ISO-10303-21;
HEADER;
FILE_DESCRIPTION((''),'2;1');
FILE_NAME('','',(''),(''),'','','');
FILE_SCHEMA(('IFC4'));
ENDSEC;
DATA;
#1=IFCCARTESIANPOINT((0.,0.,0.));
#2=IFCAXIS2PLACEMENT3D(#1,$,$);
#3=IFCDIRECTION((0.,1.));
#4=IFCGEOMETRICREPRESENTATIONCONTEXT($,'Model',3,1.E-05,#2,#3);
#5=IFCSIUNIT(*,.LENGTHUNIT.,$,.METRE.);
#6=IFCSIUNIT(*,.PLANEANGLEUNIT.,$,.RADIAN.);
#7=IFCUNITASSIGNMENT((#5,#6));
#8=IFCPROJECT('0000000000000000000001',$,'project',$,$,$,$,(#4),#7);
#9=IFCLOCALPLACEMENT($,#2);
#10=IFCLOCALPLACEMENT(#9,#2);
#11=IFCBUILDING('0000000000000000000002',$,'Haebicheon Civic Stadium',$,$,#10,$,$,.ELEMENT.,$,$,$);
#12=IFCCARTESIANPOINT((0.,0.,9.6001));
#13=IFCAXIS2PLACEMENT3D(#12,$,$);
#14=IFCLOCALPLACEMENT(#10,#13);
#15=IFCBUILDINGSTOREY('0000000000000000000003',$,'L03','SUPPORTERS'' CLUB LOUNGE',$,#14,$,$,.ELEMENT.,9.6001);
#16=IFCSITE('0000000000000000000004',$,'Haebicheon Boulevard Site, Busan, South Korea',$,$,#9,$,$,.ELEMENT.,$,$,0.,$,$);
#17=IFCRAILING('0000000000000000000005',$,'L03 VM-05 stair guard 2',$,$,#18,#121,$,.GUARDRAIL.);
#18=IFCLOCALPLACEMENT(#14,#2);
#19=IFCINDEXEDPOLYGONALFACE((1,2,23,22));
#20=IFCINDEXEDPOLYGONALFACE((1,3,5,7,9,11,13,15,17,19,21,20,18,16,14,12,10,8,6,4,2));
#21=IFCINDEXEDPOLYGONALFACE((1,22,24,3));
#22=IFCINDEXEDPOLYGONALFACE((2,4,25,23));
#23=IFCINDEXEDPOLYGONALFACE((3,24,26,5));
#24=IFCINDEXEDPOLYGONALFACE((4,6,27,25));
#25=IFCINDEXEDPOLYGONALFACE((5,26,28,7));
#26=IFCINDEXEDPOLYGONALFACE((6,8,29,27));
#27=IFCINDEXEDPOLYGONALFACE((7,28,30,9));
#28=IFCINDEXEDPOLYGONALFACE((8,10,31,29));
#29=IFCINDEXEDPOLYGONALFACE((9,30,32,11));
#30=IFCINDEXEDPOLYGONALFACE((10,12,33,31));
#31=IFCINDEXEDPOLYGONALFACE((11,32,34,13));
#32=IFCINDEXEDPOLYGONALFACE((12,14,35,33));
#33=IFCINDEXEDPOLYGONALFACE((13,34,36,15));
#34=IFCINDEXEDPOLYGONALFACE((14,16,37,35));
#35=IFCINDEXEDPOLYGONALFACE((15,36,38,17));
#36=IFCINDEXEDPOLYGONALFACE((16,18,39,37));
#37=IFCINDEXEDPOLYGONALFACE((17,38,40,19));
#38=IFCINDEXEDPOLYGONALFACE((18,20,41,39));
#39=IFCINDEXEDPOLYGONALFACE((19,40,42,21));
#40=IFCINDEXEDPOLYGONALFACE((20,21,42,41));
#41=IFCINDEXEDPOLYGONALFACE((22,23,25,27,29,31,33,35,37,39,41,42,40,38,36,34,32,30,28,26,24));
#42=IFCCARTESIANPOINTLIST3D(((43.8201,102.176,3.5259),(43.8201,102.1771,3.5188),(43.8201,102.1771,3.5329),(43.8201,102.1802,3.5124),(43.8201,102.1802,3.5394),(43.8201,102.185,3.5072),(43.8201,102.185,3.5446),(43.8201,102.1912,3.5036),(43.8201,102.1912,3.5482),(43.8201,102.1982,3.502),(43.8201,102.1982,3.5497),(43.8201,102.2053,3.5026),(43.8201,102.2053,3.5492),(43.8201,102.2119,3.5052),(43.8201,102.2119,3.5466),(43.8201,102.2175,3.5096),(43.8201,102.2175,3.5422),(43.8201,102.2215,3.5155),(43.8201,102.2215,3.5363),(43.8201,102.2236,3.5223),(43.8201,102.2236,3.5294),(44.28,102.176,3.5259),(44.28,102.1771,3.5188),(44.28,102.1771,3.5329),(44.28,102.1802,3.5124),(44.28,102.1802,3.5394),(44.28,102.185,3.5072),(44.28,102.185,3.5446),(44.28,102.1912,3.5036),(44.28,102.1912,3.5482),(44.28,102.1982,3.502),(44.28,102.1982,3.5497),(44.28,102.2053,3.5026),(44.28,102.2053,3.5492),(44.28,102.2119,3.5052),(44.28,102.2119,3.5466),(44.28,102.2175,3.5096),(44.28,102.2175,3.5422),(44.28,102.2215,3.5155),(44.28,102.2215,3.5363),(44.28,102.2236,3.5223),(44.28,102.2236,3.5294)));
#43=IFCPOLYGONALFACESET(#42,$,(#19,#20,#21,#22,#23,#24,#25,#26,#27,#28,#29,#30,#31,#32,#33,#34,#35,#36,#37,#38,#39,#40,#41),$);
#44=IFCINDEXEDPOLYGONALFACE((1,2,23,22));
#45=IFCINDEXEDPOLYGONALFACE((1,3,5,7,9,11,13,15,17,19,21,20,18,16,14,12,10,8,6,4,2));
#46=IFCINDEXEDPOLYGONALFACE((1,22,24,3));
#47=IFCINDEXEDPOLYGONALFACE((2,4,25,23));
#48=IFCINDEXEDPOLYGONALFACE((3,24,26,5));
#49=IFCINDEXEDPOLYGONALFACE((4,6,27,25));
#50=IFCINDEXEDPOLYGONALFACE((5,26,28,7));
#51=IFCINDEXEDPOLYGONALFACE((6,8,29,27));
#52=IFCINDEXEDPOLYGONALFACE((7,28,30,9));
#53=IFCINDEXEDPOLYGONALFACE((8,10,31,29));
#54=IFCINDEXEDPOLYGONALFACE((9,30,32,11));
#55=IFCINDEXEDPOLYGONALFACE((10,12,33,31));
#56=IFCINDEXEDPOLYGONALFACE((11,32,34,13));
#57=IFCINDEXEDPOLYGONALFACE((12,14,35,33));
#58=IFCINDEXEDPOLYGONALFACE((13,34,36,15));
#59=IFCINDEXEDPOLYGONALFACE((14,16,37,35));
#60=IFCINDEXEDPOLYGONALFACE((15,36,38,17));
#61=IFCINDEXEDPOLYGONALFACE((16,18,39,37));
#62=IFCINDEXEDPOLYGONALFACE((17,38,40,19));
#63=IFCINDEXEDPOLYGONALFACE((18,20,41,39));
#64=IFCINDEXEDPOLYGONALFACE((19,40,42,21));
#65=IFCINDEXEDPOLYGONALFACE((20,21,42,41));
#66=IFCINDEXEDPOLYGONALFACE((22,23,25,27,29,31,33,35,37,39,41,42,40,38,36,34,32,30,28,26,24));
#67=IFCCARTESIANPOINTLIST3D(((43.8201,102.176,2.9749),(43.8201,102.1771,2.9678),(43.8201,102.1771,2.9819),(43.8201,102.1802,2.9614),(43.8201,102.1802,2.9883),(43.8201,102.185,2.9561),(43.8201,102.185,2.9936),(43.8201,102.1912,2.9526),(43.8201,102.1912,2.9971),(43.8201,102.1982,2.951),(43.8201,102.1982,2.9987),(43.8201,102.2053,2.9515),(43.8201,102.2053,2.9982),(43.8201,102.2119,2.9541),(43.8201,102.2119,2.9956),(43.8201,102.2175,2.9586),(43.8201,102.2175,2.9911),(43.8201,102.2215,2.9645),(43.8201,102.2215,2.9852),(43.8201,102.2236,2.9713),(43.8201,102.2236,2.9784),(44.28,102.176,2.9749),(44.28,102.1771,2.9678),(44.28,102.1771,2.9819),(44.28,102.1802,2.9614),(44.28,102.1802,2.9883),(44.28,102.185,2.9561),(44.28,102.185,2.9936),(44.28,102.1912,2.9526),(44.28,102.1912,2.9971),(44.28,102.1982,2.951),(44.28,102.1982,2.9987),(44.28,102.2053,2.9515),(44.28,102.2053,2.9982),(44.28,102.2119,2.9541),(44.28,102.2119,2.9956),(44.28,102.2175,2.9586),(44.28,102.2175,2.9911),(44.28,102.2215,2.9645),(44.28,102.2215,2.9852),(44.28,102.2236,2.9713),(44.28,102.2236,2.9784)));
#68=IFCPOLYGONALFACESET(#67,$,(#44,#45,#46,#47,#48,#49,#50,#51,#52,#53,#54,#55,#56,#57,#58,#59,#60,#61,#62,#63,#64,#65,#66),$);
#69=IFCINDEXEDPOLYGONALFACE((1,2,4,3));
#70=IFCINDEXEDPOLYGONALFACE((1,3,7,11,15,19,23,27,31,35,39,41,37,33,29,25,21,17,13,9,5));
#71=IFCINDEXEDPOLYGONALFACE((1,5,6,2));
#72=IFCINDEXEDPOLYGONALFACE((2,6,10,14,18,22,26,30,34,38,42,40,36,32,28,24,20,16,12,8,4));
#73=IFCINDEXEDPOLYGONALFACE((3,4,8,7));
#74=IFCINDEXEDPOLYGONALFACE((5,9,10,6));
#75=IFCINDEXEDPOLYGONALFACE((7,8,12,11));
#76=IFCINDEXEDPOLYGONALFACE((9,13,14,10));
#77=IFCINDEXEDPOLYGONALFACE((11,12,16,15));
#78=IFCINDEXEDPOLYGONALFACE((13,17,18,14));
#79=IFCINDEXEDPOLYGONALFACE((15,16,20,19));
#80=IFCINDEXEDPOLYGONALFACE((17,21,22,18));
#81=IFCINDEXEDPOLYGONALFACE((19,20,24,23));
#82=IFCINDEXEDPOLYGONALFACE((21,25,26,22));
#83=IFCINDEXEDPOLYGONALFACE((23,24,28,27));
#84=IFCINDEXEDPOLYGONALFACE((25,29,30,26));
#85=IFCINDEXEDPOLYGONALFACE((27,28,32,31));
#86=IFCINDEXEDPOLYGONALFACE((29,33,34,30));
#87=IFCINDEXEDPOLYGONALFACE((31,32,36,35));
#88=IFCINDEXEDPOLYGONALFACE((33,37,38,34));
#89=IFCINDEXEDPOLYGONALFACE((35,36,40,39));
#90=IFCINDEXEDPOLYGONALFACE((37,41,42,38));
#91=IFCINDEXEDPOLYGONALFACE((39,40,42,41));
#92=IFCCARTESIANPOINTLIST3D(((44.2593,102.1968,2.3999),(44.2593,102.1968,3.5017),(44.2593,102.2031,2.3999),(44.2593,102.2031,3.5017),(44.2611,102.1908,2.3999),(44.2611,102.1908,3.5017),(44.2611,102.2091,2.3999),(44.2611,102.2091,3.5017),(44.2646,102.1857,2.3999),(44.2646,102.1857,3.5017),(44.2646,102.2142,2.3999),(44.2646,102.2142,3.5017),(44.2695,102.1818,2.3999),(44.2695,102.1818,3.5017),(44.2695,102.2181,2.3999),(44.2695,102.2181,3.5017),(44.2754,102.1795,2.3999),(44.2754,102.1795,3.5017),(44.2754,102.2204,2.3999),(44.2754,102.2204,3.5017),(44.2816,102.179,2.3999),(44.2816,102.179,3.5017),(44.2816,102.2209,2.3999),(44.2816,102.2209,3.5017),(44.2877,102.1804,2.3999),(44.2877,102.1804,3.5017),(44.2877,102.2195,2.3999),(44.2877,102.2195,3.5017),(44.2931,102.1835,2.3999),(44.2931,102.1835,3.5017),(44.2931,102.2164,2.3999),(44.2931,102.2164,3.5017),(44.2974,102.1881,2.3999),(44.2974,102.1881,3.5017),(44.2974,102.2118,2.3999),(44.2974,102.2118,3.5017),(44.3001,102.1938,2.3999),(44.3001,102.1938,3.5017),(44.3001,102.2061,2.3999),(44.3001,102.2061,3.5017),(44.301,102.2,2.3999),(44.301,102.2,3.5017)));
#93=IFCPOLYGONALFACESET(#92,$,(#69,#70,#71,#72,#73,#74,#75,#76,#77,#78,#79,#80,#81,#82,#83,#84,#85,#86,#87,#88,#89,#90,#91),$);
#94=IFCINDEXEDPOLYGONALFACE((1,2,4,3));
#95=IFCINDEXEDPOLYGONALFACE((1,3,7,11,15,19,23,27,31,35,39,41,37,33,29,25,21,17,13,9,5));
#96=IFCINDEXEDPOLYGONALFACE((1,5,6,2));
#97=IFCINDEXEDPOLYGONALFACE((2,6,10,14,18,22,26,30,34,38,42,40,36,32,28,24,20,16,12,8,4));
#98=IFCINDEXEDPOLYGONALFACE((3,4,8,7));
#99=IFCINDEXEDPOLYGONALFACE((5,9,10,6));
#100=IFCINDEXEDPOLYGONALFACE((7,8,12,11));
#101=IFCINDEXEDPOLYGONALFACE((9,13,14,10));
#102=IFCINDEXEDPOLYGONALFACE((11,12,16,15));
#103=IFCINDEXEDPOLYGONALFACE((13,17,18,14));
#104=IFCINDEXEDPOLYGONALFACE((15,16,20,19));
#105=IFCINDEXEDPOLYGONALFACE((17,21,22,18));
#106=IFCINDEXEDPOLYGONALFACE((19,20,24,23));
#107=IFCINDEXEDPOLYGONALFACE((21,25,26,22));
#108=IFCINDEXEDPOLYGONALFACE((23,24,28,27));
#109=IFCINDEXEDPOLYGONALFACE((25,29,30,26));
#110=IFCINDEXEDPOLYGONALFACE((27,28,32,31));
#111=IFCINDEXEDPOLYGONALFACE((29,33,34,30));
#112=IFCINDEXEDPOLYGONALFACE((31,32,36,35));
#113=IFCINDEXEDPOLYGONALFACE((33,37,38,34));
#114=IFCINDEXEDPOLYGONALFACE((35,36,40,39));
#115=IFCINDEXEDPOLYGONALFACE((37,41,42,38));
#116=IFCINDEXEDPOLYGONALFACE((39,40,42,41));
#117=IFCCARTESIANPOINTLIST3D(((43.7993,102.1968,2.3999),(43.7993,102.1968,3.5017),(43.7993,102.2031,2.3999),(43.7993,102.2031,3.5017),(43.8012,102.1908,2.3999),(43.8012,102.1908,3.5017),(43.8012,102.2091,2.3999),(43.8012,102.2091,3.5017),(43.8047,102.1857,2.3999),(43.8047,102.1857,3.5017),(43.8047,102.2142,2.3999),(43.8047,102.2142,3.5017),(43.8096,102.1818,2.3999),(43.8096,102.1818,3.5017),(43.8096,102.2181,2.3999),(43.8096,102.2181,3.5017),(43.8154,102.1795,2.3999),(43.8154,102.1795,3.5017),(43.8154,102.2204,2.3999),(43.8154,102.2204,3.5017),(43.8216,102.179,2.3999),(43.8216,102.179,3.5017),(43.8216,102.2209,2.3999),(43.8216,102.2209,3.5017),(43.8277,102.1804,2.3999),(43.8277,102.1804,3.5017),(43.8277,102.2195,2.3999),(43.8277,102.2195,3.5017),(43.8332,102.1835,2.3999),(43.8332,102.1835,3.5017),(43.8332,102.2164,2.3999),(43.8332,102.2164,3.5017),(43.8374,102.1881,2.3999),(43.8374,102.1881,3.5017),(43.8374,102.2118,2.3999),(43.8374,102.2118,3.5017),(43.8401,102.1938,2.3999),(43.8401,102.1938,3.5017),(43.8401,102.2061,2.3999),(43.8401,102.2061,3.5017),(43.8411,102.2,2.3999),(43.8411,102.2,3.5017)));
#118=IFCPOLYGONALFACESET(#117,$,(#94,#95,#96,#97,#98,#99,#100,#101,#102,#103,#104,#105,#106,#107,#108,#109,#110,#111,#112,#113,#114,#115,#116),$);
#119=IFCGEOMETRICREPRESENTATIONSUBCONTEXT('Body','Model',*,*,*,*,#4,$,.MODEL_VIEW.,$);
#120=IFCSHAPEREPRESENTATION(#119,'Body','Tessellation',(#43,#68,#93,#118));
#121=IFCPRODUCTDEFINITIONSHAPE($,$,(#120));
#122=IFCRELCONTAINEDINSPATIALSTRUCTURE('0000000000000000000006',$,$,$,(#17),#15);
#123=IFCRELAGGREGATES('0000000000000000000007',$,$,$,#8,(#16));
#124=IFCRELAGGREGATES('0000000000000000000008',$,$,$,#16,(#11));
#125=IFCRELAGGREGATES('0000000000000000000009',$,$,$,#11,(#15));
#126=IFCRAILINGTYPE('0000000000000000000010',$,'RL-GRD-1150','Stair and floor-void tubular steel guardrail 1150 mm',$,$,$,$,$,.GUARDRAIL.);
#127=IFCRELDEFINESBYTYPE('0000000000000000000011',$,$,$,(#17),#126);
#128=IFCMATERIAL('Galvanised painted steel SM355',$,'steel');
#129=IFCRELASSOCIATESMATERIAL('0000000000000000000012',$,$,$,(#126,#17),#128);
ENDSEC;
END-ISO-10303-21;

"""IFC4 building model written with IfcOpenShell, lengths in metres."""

from ifc_helpers import new_model, si_unit, direction, frame, origin, origin_2d, place, context, subcontext, project, spatial, circle, extrude, material, type_object, element, save


model = new_model("IFC4")

# Units and contexts
model_context = context("Model", 3, precision=1e-05, world=origin(), true_north=direction((0.0, 1.0)))
body_context = subcontext(model_context, "Body", "Model", "MODEL_VIEW")
ifc_project = project(units=[si_unit("LENGTHUNIT", "METRE"), si_unit("PLANEANGLEUNIT", "RADIAN")], contexts=[model_context])

# Site, building, storey
site_placement = place(None, origin())
site = spatial("IfcSite", under=ifc_project, at=site_placement, Name="Haebicheon Boulevard Site, Busan, South Korea", CompositionType="ELEMENT", RefElevation=0.0)
building_placement = place(site_placement, origin())
building = spatial("IfcBuilding", under=site, at=building_placement, Name="Haebicheon Civic Stadium", CompositionType="ELEMENT")
storey_placement = place(building_placement, frame((0.0, 0.0, 9.6001)))
storey = spatial("IfcBuildingStorey", under=building, at=storey_placement, Name="L03", Description="SUPPORTERS' CLUB LOUNGE", CompositionType="ELEMENT", Elevation=9.6001)

# Railing
ifc_material_1 = material(Name="Galvanised painted steel SM355", Category="steel")
railing_type_1 = type_object("IfcRailingType", Name="RL-GRD-1150", Description="Stair and floor-void tubular steel guardrail 1150 mm", PredefinedType="GUARDRAIL", material=ifc_material_1)
railing_1_placement = place(storey_placement, frame((44.28, 102.2, 2.3999)))
element("IfcRailing", 1, at=railing_1_placement, inside=storey, type_object=railing_type_1, material=ifc_material_1, Name="L03 VM-05 stair guard 2", PredefinedType="GUARDRAIL", context=body_context, shape_type="SweptSolid", body=[
    extrude(circle(Radius=0.0239, at=origin_2d()), frame((0.0, 0.0, 1.126), z_axis=(-1.0, 0.0, 0.0), x_axis=(0.0, -1.0, 0.0)), (0.0, 0.0, 1.0), 0.46),
    extrude(circle(Radius=0.0239, at=origin_2d()), frame((0.0, 0.0, 0.575), z_axis=(-1.0, 0.0, 0.0), x_axis=(0.0, -1.0, 0.0)), (0.0, 0.0, 1.0), 0.46),
    extrude(circle(Radius=0.021, at=origin_2d()), origin(), (0.0, 0.0, 1.0), 1.1018),
    extrude(circle(Radius=0.021, at=origin_2d()), frame((-0.46, 0.0, 0.0)), (0.0, 0.0, 1.0), 1.1018),
])

save(model, "model.ifc")
